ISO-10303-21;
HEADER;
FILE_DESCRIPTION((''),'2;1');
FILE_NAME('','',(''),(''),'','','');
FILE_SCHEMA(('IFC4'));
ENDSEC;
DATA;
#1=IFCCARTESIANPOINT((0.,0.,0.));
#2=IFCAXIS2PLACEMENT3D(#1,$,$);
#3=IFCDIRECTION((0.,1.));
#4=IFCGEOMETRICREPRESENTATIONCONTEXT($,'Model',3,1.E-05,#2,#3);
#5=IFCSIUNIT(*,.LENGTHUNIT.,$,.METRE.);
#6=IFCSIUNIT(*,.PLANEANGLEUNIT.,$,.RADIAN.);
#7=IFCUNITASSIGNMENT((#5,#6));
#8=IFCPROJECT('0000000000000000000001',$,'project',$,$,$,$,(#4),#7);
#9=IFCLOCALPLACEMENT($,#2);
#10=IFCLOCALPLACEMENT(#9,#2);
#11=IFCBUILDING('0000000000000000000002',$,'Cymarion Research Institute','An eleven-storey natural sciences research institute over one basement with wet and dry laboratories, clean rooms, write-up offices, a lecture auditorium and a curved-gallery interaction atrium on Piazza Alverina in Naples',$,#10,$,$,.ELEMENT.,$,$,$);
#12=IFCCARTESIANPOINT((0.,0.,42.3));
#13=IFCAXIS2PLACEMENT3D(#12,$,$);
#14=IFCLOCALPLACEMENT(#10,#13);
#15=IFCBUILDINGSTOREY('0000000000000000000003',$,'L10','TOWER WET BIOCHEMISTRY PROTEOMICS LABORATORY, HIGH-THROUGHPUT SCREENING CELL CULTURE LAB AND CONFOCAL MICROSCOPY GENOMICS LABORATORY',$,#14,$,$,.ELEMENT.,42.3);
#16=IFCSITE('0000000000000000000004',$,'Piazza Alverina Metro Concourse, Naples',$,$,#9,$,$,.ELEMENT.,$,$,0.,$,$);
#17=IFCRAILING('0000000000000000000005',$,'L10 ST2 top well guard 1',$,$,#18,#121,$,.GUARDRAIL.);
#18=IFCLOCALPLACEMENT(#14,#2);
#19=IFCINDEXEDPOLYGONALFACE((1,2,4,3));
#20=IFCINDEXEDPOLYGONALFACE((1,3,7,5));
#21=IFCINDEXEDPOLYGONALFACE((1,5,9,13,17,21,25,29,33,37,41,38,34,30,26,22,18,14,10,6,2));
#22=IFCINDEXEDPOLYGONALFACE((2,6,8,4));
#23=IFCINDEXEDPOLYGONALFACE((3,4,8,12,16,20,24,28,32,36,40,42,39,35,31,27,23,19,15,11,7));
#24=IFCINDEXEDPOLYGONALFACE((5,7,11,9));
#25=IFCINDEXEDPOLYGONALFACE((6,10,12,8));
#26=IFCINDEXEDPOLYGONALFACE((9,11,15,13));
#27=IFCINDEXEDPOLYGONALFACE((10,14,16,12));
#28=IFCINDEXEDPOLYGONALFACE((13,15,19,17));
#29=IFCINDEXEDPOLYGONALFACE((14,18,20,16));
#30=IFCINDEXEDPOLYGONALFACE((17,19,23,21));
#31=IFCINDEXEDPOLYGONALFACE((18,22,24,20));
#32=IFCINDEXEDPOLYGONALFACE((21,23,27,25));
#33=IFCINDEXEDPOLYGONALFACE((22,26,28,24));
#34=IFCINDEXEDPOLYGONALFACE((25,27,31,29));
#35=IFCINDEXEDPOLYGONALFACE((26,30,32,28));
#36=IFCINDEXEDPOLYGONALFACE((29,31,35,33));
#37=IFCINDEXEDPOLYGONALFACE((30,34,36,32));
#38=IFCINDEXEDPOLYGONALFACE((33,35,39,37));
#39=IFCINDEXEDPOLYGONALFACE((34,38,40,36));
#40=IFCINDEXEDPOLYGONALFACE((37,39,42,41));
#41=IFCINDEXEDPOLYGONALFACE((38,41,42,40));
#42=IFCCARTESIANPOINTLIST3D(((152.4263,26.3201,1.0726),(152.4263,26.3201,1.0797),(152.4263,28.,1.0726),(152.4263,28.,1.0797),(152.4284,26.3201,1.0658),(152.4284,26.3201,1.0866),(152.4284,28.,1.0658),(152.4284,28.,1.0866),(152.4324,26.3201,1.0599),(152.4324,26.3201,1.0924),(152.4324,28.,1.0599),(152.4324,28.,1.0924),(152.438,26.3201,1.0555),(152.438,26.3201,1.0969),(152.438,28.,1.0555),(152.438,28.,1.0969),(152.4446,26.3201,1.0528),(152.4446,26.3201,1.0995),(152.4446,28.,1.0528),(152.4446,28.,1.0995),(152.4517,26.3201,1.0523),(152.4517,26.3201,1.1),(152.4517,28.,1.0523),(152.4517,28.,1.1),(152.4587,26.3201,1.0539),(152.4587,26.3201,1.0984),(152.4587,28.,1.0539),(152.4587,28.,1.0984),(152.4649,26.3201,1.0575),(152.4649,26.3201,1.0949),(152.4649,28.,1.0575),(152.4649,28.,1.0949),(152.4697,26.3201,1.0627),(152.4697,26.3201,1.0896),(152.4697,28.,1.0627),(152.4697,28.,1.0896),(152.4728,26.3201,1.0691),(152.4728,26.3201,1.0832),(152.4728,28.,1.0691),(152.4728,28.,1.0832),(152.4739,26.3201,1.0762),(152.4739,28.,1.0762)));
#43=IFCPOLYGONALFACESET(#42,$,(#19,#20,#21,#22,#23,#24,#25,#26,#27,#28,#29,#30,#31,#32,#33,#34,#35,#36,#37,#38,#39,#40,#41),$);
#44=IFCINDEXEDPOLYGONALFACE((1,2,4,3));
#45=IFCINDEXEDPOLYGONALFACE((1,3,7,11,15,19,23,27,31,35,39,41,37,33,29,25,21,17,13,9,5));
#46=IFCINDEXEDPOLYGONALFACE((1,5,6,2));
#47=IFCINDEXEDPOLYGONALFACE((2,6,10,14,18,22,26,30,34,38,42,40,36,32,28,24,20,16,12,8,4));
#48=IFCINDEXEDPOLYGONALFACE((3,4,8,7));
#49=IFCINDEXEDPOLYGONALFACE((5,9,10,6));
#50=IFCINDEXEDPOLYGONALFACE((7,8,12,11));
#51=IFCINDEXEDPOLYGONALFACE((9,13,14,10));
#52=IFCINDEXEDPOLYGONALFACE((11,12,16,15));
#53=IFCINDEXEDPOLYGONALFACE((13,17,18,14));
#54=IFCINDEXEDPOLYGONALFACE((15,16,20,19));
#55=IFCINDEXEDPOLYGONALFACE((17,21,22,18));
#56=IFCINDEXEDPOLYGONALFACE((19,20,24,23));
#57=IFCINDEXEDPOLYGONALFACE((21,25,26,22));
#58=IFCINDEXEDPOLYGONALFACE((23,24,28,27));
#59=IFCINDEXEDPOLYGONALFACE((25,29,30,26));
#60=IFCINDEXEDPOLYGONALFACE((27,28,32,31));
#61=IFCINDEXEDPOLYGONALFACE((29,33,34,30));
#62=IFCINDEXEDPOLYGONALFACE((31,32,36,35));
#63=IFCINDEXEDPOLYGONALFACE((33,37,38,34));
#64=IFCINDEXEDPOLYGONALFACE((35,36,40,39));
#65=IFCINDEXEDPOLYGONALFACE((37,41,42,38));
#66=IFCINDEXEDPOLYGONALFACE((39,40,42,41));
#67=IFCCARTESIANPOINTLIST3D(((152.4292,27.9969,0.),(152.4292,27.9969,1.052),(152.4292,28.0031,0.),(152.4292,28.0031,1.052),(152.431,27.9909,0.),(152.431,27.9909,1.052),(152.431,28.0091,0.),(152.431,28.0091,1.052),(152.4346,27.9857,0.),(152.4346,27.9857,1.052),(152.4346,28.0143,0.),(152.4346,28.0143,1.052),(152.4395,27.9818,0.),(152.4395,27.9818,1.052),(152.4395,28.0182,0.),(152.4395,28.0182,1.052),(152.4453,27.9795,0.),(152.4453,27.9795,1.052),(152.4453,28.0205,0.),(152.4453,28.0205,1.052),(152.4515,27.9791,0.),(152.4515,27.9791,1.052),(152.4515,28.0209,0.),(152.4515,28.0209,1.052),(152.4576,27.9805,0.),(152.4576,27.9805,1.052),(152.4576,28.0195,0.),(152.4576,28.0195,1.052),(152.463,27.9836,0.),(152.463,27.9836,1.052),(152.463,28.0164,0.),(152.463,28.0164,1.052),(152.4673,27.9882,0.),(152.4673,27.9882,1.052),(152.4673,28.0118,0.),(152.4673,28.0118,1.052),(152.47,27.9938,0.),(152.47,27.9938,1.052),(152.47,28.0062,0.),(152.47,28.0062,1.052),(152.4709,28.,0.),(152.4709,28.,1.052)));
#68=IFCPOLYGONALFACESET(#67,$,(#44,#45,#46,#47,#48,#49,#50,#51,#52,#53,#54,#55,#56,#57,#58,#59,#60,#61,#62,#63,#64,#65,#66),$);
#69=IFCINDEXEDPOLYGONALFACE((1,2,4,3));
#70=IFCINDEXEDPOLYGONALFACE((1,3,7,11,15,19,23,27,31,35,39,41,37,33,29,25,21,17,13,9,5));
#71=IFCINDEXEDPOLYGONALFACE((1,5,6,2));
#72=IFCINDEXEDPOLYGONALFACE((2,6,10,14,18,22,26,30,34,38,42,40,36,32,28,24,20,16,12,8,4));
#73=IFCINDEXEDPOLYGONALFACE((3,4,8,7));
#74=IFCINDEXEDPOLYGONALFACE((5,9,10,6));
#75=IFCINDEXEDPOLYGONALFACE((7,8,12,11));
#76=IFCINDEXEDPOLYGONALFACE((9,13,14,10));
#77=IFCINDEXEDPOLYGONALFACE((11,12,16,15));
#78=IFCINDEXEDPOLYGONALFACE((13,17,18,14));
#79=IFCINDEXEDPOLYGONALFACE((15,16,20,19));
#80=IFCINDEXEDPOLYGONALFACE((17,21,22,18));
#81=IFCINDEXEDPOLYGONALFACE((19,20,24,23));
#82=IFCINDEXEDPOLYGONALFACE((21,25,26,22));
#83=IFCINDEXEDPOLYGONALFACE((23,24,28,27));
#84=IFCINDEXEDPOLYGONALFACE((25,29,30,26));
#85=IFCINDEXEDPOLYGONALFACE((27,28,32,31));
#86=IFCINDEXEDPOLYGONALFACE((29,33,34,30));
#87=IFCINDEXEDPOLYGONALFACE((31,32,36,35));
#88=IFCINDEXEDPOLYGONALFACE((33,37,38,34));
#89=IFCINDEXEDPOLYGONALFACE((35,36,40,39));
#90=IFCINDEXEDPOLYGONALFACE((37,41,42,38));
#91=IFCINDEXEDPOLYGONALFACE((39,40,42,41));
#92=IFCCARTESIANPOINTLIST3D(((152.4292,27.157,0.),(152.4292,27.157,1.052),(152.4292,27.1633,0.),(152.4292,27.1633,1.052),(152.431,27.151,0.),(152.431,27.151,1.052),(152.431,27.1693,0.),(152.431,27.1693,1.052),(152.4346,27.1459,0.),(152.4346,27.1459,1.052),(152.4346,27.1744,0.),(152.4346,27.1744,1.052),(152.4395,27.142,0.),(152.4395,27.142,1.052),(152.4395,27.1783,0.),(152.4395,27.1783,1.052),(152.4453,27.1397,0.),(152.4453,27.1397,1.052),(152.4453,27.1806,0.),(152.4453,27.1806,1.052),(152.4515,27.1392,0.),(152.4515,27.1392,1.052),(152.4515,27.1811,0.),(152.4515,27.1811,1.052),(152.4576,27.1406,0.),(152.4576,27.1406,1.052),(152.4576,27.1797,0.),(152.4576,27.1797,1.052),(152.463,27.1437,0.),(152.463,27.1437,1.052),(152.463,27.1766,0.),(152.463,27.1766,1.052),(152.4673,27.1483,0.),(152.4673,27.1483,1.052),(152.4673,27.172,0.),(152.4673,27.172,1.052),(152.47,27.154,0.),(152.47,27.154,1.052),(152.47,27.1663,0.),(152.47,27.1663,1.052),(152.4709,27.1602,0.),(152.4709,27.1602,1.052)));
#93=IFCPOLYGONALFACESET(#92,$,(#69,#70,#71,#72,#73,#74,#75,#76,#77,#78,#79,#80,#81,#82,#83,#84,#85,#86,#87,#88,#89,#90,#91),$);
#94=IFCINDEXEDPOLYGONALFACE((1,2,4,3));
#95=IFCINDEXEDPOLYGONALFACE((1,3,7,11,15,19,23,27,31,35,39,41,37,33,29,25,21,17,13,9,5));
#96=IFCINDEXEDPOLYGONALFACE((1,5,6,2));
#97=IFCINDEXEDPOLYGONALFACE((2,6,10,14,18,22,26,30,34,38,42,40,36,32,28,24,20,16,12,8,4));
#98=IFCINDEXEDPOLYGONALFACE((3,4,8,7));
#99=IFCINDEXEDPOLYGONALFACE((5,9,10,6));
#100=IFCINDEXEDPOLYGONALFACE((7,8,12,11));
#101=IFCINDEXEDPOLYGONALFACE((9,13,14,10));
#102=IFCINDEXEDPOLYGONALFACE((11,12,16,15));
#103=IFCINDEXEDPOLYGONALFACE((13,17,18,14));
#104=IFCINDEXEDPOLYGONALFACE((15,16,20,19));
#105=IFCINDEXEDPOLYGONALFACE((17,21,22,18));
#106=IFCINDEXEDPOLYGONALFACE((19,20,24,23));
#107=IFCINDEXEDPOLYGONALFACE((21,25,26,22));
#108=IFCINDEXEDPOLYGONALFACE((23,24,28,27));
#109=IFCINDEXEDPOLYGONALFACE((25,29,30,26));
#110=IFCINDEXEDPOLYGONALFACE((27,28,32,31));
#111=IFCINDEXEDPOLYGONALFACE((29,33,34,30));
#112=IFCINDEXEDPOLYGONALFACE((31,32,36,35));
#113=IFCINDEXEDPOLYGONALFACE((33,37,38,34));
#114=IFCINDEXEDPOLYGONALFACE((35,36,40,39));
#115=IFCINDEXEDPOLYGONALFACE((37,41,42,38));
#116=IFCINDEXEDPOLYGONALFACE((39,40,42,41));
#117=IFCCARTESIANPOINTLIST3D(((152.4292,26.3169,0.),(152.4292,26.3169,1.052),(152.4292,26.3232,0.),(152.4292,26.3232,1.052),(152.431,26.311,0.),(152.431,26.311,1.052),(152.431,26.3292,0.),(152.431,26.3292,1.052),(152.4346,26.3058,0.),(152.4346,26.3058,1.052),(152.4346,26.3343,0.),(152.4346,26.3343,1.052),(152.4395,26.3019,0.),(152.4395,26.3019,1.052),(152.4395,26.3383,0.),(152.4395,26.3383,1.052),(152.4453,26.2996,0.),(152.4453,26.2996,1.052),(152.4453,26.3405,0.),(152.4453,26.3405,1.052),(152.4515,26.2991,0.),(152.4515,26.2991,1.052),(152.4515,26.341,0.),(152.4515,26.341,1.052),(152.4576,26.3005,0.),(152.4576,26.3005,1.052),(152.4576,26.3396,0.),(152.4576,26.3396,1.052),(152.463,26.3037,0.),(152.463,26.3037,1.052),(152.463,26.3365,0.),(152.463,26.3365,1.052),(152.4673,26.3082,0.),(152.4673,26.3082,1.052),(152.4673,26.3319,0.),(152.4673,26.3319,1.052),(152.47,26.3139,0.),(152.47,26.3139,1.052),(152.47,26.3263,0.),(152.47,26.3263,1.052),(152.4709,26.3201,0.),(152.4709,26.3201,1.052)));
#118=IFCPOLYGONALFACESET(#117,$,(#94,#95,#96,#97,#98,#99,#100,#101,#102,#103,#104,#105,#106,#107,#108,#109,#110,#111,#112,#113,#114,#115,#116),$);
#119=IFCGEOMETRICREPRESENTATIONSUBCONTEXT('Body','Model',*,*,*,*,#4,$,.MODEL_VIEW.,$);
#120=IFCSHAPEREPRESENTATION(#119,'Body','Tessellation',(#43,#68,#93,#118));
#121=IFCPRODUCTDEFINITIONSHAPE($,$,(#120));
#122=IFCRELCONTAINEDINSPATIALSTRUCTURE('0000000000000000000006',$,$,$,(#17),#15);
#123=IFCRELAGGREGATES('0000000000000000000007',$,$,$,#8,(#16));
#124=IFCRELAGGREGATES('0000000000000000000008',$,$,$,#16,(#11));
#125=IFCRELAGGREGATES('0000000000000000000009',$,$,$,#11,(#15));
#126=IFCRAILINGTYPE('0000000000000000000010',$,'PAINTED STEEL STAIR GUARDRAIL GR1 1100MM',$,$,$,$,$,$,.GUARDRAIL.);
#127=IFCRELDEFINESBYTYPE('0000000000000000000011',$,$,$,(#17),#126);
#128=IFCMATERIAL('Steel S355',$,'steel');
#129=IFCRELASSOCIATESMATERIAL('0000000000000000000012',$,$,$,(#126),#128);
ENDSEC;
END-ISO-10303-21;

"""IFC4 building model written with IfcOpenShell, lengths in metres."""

from ifc_helpers import new_model, si_unit, direction, frame, origin, origin_2d, place, context, subcontext, project, spatial, circle, extrude, material, type_object, element, save


model = new_model("IFC4")

# Units and contexts
model_context = context("Model", 3, precision=1e-05, world=origin(), true_north=direction((0.0, 1.0)))
body_context = subcontext(model_context, "Body", "Model", "MODEL_VIEW")
ifc_project = project(units=[si_unit("LENGTHUNIT", "METRE"), si_unit("PLANEANGLEUNIT", "RADIAN")], contexts=[model_context])

# Site, building, storey
site_placement = place(None, origin())
site = spatial("IfcSite", under=ifc_project, at=site_placement, Name="Piazza Alverina Metro Concourse, Naples", CompositionType="ELEMENT", RefElevation=0.0)
building_placement = place(site_placement, origin())
building = spatial("IfcBuilding", under=site, at=building_placement, Name="Cymarion Research Institute", Description="An eleven-storey natural sciences research institute over one basement with wet and dry laboratories, clean rooms, write-up offices, a lecture auditorium and a curved-gallery interaction atrium on Piazza Alverina in Naples", CompositionType="ELEMENT")
storey_placement = place(building_placement, frame((0.0, 0.0, 42.3)))
storey = spatial("IfcBuildingStorey", under=building, at=storey_placement, Name="L10", Description="TOWER WET BIOCHEMISTRY PROTEOMICS LABORATORY, HIGH-THROUGHPUT SCREENING CELL CULTURE LAB AND CONFOCAL MICROSCOPY GENOMICS LABORATORY", CompositionType="ELEMENT", Elevation=42.3)

# Shared definitions
ifc_material_1 = material(Name="Steel S355", Category="steel")

# Railing
railing_type = type_object("IfcRailingType", Name="PAINTED STEEL STAIR GUARDRAIL GR1 1100MM", PredefinedType="GUARDRAIL", material=ifc_material_1)
railing_placement = place(storey_placement, frame((152.45, 28.0, 0.0)))
element("IfcRailing", 1, at=railing_placement, inside=storey, type_object=railing_type, Name="L10 ST2 top well guard 1", PredefinedType="GUARDRAIL", context=body_context, shape_type="SweptSolid", body=[
    extrude(circle(Radius=0.0239, at=origin_2d()), frame((0.0, 0.0, 1.0762), z_axis=(0.0, -1.0, 0.0), x_axis=(1.0, 0.0, 0.0)), (0.0, 0.0, 1.0), 1.6799),
    extrude(circle(Radius=0.021, at=origin_2d()), origin(), (0.0, 0.0, 1.0), 1.052),
    extrude(circle(Radius=0.021, at=origin_2d()), frame((0.0, -0.8398, 0.0)), (0.0, 0.0, 1.0), 1.052),
    extrude(circle(Radius=0.021, at=origin_2d()), frame((0.0, -1.6799, 0.0)), (0.0, 0.0, 1.0), 1.052),
])

save(model, "model.ifc")
